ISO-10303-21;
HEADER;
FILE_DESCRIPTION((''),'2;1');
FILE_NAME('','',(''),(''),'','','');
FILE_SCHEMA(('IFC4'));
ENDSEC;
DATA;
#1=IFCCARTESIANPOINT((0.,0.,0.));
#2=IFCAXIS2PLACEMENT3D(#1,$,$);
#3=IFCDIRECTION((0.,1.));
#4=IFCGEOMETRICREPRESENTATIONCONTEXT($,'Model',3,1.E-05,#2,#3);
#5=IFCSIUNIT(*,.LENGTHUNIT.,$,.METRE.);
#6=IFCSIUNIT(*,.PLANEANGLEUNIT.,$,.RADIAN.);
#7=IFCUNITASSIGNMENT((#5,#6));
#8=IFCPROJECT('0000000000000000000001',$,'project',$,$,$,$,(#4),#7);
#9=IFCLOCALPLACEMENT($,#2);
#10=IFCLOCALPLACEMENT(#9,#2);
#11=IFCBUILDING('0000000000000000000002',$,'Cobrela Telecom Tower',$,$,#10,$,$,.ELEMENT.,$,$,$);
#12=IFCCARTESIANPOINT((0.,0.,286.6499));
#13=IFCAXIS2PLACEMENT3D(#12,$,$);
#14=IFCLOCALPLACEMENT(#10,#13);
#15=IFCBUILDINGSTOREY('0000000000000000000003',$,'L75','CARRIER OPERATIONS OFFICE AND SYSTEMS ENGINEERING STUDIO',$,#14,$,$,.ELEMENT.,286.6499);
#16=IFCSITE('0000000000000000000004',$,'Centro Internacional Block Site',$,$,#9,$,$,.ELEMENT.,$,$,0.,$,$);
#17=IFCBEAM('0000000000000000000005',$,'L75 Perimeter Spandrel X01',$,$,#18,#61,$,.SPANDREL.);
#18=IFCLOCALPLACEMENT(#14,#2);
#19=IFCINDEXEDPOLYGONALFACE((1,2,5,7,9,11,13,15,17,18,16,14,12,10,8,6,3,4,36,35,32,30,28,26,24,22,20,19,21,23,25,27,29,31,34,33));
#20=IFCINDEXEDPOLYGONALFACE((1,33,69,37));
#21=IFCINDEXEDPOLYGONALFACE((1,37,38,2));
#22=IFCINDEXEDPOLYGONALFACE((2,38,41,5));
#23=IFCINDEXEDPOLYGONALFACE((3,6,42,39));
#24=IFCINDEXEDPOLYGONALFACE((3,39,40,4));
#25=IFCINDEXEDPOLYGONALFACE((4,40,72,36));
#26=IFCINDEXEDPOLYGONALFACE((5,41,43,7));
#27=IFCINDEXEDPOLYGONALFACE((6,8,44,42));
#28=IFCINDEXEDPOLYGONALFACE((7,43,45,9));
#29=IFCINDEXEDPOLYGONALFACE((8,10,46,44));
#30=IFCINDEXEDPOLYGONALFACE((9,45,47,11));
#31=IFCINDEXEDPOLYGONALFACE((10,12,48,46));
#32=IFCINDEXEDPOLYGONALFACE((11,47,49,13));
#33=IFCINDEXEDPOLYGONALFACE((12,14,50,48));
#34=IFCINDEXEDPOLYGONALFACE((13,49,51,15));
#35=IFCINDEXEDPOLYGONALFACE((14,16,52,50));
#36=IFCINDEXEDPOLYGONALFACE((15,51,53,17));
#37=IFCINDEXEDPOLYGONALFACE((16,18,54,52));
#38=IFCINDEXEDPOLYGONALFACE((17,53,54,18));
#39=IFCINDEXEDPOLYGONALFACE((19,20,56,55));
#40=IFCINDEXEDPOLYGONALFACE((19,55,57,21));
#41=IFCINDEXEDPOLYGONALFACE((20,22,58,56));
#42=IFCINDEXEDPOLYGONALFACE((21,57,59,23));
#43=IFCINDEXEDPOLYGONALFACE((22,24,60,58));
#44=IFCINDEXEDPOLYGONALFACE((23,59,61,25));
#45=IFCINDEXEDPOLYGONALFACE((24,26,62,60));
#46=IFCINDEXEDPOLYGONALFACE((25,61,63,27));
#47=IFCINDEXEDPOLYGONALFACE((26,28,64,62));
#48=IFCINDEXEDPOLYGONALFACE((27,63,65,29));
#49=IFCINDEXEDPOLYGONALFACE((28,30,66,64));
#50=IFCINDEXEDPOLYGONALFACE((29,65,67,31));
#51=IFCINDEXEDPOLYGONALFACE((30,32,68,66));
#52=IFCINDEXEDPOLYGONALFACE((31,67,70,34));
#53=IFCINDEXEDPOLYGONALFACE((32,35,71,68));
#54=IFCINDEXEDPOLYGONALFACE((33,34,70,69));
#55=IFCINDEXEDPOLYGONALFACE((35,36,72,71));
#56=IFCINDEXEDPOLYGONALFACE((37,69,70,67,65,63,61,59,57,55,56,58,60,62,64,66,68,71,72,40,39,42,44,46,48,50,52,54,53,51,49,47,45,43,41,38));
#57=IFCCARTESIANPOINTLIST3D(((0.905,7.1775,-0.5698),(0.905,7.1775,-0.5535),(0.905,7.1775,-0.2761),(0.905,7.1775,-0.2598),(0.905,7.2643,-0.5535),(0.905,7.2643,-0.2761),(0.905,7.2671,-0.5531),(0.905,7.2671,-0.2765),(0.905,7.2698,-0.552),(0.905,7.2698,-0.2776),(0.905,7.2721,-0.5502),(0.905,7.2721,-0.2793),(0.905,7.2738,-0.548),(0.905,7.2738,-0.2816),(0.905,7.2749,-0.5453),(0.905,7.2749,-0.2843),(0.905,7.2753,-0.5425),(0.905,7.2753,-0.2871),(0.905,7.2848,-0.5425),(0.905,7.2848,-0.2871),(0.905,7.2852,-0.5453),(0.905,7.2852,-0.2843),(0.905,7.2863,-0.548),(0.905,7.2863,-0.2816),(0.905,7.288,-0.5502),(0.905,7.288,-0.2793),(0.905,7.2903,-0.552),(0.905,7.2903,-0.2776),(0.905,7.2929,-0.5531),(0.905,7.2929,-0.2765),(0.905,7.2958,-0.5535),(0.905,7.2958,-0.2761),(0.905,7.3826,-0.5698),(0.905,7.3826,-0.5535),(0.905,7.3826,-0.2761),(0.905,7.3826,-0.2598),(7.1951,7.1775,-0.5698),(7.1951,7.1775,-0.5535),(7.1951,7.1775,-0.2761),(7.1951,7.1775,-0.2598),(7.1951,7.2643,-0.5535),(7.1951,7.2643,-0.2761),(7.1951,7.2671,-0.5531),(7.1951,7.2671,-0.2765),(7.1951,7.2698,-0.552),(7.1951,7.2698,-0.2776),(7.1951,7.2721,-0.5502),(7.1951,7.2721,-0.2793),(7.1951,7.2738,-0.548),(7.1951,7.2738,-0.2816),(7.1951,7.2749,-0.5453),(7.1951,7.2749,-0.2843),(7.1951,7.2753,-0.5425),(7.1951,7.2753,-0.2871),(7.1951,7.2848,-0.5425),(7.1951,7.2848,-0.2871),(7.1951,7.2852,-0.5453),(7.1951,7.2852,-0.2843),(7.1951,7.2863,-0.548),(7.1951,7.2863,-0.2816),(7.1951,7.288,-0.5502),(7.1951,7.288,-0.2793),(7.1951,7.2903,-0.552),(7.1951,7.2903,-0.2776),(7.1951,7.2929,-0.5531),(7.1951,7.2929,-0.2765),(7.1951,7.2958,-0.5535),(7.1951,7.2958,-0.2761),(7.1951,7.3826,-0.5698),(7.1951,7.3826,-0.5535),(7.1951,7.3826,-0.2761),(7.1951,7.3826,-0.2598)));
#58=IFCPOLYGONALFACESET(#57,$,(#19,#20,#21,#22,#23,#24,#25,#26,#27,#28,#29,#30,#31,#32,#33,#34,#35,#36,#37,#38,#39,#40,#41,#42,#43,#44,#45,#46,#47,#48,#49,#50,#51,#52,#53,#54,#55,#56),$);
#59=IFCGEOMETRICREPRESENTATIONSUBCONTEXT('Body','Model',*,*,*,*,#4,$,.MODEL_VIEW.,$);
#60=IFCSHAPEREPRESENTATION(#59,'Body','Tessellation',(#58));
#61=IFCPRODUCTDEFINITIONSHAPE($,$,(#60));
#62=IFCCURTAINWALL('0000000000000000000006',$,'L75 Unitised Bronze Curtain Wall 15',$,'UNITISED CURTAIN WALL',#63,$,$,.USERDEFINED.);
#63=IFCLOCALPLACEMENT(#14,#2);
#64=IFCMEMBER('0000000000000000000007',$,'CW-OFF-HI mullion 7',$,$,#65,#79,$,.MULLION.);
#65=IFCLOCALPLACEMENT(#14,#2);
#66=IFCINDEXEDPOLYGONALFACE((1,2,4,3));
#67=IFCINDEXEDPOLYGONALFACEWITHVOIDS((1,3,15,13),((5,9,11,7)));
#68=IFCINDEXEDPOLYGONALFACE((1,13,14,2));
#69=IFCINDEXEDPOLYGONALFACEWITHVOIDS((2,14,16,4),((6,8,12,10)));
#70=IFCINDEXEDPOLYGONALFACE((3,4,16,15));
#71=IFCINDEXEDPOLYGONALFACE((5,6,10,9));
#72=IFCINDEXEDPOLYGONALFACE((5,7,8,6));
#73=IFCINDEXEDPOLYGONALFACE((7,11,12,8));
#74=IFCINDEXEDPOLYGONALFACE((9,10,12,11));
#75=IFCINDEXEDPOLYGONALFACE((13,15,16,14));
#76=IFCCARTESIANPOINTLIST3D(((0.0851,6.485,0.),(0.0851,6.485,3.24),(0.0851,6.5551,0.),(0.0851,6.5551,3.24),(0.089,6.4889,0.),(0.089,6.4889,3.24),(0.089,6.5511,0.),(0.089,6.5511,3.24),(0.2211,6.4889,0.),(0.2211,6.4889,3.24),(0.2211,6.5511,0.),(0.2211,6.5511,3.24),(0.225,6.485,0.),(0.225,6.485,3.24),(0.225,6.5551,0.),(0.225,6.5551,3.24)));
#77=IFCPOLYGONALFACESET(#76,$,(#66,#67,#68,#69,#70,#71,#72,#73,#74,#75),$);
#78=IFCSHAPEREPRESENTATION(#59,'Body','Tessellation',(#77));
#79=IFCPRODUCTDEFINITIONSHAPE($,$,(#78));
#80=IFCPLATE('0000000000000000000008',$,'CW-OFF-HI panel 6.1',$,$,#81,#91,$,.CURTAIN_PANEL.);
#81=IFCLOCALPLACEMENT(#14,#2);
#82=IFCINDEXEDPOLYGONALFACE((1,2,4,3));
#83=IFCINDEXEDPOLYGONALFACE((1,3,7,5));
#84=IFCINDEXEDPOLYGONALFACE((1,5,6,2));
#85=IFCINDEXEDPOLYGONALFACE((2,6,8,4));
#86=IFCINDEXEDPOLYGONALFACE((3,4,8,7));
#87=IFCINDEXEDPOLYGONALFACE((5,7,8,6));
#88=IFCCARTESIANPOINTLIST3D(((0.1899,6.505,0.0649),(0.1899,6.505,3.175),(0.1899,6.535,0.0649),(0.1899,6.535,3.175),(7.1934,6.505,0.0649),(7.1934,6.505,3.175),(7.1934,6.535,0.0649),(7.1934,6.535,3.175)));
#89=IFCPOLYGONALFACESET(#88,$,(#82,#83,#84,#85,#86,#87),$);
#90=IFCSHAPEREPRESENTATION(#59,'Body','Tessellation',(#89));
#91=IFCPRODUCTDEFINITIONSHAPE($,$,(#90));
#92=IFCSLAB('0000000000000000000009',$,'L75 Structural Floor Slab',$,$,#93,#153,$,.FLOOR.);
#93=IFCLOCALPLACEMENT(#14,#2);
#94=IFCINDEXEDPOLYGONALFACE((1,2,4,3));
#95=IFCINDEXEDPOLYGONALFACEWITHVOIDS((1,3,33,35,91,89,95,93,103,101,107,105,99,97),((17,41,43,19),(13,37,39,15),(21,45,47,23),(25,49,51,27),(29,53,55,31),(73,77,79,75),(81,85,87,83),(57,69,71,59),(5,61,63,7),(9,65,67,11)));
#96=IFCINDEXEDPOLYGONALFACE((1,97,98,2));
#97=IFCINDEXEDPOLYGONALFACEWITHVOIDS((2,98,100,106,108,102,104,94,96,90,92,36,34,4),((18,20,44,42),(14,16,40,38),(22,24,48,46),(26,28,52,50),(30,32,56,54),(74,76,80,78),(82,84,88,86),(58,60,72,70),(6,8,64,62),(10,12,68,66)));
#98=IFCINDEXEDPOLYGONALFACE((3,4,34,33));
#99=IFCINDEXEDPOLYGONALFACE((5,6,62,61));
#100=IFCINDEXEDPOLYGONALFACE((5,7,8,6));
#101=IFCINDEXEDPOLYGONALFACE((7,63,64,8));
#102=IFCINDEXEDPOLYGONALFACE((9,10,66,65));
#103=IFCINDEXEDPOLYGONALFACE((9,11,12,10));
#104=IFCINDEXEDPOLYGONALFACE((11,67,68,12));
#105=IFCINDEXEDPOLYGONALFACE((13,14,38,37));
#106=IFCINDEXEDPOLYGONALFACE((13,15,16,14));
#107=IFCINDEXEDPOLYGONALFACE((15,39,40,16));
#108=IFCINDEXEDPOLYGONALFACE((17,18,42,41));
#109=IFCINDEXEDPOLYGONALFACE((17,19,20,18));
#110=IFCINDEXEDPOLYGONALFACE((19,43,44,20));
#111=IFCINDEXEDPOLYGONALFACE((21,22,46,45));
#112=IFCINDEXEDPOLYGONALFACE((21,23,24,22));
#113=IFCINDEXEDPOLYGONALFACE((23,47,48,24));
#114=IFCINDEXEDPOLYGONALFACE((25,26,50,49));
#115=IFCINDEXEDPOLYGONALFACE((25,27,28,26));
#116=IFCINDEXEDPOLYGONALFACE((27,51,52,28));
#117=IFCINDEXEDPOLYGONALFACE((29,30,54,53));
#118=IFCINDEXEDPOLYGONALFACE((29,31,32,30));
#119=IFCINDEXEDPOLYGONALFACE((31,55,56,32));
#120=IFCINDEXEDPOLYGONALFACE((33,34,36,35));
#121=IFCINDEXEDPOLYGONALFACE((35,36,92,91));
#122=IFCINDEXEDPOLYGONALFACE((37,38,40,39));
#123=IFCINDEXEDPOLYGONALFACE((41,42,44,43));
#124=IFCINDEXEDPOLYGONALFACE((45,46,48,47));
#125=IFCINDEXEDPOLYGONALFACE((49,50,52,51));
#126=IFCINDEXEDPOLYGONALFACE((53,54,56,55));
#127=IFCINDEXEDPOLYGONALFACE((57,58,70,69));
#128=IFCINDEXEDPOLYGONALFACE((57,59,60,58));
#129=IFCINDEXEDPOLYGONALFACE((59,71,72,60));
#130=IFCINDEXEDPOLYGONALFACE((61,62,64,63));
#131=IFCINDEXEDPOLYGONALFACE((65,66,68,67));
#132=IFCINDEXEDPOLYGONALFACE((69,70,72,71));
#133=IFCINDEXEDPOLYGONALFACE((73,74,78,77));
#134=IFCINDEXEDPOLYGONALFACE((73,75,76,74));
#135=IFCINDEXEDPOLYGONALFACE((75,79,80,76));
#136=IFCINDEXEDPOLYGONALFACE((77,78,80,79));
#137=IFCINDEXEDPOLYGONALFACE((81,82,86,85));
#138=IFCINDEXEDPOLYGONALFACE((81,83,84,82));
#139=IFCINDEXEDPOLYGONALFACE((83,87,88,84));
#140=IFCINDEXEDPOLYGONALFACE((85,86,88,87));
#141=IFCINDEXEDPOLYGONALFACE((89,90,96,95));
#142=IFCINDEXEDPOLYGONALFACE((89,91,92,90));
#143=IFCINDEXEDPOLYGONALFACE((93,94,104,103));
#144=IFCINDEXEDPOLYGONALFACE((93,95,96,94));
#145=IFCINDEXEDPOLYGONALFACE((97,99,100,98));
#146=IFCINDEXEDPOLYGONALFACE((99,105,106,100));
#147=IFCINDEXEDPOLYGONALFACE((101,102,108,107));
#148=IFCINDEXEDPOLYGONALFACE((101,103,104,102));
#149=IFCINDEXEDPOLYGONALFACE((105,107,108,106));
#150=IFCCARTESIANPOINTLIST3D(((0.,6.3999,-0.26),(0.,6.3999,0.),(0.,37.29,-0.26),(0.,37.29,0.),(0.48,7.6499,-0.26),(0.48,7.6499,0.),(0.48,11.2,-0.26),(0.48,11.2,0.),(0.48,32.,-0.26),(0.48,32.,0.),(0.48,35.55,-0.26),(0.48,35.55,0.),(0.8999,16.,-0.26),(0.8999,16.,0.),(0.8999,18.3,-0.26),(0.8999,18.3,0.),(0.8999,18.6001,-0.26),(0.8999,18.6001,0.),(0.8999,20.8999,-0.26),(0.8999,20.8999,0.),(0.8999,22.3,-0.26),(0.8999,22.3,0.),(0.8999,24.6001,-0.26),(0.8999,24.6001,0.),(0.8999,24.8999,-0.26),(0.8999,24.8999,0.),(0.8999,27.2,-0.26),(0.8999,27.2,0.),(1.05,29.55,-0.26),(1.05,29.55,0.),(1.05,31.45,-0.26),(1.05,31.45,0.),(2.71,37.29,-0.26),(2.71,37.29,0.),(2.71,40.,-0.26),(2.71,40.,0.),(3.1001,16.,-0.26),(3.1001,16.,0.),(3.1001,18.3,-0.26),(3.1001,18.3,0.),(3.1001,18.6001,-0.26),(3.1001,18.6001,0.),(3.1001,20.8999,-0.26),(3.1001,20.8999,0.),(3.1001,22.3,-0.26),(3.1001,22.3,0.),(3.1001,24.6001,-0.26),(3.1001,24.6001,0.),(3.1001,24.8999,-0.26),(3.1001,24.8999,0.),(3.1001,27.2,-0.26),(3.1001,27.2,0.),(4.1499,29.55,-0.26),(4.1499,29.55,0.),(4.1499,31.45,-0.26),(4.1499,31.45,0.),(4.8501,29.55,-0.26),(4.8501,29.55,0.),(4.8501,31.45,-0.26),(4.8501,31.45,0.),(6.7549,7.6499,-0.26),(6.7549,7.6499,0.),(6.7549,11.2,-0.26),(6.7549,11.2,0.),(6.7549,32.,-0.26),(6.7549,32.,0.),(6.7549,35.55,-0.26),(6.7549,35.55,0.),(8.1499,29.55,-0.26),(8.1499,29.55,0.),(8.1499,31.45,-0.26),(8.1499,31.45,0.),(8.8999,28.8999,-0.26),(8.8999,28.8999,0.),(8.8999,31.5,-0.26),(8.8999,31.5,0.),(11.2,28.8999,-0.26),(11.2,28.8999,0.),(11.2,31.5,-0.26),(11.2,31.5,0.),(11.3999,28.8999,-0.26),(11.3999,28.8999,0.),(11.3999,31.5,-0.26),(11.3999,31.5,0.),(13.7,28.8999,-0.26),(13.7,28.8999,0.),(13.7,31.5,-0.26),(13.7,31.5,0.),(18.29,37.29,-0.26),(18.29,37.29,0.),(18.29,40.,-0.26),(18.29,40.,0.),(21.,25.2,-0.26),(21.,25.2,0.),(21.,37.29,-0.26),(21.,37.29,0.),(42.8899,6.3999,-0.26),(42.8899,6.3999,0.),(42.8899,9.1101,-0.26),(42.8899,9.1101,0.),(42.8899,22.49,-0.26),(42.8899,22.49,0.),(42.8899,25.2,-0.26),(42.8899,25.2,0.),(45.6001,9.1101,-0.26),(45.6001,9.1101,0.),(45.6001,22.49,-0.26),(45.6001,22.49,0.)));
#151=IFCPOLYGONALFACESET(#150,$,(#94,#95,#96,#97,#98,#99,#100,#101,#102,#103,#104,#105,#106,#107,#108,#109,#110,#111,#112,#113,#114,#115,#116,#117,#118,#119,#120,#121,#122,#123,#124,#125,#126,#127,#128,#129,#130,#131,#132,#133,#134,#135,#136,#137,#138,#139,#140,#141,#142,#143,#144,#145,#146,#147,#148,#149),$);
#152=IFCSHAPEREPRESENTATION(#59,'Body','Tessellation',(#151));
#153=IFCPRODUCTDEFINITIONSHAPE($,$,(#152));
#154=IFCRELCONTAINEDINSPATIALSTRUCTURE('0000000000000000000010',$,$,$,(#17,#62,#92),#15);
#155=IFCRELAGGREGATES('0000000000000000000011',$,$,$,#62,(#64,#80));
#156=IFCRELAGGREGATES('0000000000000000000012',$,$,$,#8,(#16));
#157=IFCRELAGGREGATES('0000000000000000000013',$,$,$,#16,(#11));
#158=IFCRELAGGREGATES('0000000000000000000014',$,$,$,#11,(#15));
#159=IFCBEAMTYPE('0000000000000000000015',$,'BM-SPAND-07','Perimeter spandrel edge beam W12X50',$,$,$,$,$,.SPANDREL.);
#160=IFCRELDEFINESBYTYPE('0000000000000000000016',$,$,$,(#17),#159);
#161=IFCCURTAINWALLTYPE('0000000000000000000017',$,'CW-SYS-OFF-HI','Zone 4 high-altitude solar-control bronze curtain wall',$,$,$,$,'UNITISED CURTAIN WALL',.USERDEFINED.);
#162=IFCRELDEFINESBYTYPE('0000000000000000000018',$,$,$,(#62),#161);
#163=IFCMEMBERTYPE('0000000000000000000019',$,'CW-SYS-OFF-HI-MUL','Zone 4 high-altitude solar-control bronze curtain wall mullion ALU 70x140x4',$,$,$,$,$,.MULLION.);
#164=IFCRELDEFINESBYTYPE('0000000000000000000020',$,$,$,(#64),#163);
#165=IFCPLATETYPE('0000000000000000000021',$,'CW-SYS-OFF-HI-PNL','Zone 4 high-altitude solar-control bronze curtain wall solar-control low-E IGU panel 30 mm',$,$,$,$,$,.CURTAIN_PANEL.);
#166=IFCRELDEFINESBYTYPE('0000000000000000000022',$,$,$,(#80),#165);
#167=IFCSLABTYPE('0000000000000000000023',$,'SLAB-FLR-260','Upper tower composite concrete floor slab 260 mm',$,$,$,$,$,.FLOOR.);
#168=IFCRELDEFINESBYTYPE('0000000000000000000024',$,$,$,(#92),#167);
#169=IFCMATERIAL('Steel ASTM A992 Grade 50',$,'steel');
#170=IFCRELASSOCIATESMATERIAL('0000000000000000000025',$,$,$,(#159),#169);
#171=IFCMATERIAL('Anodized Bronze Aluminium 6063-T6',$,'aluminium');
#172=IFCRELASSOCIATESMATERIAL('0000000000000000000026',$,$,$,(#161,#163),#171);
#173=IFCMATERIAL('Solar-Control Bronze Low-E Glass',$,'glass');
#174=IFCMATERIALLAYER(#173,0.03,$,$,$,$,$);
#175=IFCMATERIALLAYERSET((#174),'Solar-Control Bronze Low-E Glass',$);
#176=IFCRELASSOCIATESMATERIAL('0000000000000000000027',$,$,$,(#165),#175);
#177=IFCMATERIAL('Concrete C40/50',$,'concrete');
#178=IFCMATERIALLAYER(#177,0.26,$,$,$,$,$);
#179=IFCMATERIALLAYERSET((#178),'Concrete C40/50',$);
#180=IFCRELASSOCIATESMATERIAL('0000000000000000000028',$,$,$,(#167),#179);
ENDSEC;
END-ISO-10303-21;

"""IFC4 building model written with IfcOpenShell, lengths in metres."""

from ifc_helpers import new_model, si_unit, direction, frame, origin, origin_2d, place, context, subcontext, project, spatial, polyline, rectangle, hollow_rectangle, i_section, outline, extrude, material, layer, layer_set, material_profile, profile_set, type_object, element, aggregate, save


model = new_model("IFC4")

# Units and contexts
model_context = context("Model", 3, precision=1e-05, world=origin(), true_north=direction((0.0, 1.0)))
body_context = subcontext(model_context, "Body", "Model", "MODEL_VIEW")
ifc_project = project(units=[si_unit("LENGTHUNIT", "METRE"), si_unit("PLANEANGLEUNIT", "RADIAN")], contexts=[model_context])

# Site, building, storey
site_placement = place(None, origin())
site = spatial("IfcSite", under=ifc_project, at=site_placement, Name="Centro Internacional Block Site", CompositionType="ELEMENT", RefElevation=0.0)
building_placement = place(site_placement, origin())
building = spatial("IfcBuilding", under=site, at=building_placement, Name="Cobrela Telecom Tower", CompositionType="ELEMENT")
storey_placement = place(building_placement, frame((0.0, 0.0, 286.6499)))
storey = spatial("IfcBuildingStorey", under=building, at=storey_placement, Name="L75", Description="CARRIER OPERATIONS OFFICE AND SYSTEMS ENGINEERING STUDIO", CompositionType="ELEMENT", Elevation=286.6499)

# Beam
ifc_material_1 = material(Name="Steel ASTM A992 Grade 50", Category="steel")
ifc_material_profile_1 = material_profile(ifc_material_1, i_section(OverallWidth=0.2051, OverallDepth=0.3101, WebThickness=0.0095, FlangeThickness=0.0164, FilletRadius=0.011, at=origin_2d()), Name="W12X50")
ifc_profile_set_1 = profile_set([ifc_material_profile_1], Name="Steel ASTM A992 Grade 50")
beam_type = type_object("IfcBeamType", Name="BM-SPAND-07", Description="Perimeter spandrel edge beam W12X50", PredefinedType="SPANDREL", material=ifc_profile_set_1)
beam_placement = place(storey_placement, frame((0.905, 7.28, -0.4148), z_axis=(1.0, 0.0, 0.0), x_axis=(0.0, 1.0, 0.0)))
element("IfcBeam", 1, at=beam_placement, inside=storey, type_object=beam_type, Name="L75 Perimeter Spandrel X01", PredefinedType="SPANDREL", context=body_context, shape_type="SweptSolid", body=[
    extrude(i_section(OverallWidth=0.2051, OverallDepth=0.3101, WebThickness=0.0095, FlangeThickness=0.0164, FilletRadius=0.011, at=origin_2d()), origin(), (0.0, 0.0, 1.0), 6.29),
])

# Curtain wall, member, plate
ifc_material_2 = material(Name="Anodized Bronze Aluminium 6063-T6", Category="aluminium")
curtain_wall_type = type_object("IfcCurtainWallType", Name="CW-SYS-OFF-HI", Description="Zone 4 high-altitude solar-control bronze curtain wall", ElementType="UNITISED CURTAIN WALL", PredefinedType="USERDEFINED", material=ifc_material_2)
curtain_wall_placement = place(storey_placement, origin())
curtain_wall = element("IfcCurtainWall", 2, at=curtain_wall_placement, inside=storey, type_object=curtain_wall_type, Name="L75 Unitised Bronze Curtain Wall 15", ObjectType="UNITISED CURTAIN WALL", PredefinedType="USERDEFINED")
ifc_material_profile_2 = material_profile(ifc_material_2, hollow_rectangle(XDim=0.0701, YDim=0.1399, WallThickness=0.0039, at=origin_2d()), Name="ALU 70x140x4")
ifc_profile_set_2 = profile_set([ifc_material_profile_2], Name="Anodized Bronze Aluminium 6063-T6")
member_type = type_object("IfcMemberType", Name="CW-SYS-OFF-HI-MUL", Description="Zone 4 high-altitude solar-control bronze curtain wall mullion ALU 70x140x4", PredefinedType="MULLION", material=ifc_profile_set_2)
member_placement = place(storey_placement, frame((0.155, 6.52, 0.0), z_axis=(0.0, 0.0, 1.0), x_axis=(0.0, -1.0, 0.0)))
member = element("IfcMember", 3, at=member_placement, type_object=member_type, Name="CW-OFF-HI mullion 7", PredefinedType="MULLION", context=body_context, shape_type="SweptSolid", body=[
    extrude(hollow_rectangle(XDim=0.0701, YDim=0.1399, WallThickness=0.0039, at=origin_2d()), origin(), (0.0, 0.0, 1.0), 3.24),
])
ifc_material_3 = material(Name="Solar-Control Bronze Low-E Glass", Category="glass")
ifc_layer_1 = layer(ifc_material_3, 0.03)
ifc_layer_set_1 = layer_set([ifc_layer_1], Name="Solar-Control Bronze Low-E Glass")
plate_type = type_object("IfcPlateType", Name="CW-SYS-OFF-HI-PNL", Description="Zone 4 high-altitude solar-control bronze curtain wall solar-control low-E IGU panel 30 mm", PredefinedType="CURTAIN_PANEL", material=ifc_layer_set_1)
plate_placement = place(storey_placement, frame((3.6917, 6.52, 0.0649), z_axis=(0.0, 0.0, 1.0), x_axis=(-1.0, 0.0, 0.0)))
plate = element("IfcPlate", 4, at=plate_placement, type_object=plate_type, Name="CW-OFF-HI panel 6.1", PredefinedType="CURTAIN_PANEL", context=body_context, shape_type="SweptSolid", body=[
    extrude(rectangle(XDim=7.0034, YDim=0.03, at=origin_2d()), origin(), (0.0, 0.0, 1.0), 3.1101),
])
aggregate(curtain_wall, [member, plate])

# Slab, openings
ifc_material_4 = material(Name="Concrete C40/50", Category="concrete")
ifc_layer_2 = layer(ifc_material_4, 0.26)
ifc_layer_set_2 = layer_set([ifc_layer_2], Name="Concrete C40/50")
slab_type_1 = type_object("IfcSlabType", Name="SLAB-FLR-260", Description="Upper tower composite concrete floor slab 260 mm", PredefinedType="FLOOR", material=ifc_layer_set_2)
slab_1_placement = place(storey_placement, frame((0.0, 0.0, -0.26)))
slab_1 = element("IfcSlab", 5, at=slab_1_placement, inside=storey, type_object=slab_type_1, Name="L75 Structural Floor Slab", PredefinedType="FLOOR", context=body_context, shape_type="SweptSolid", body=[
    extrude(outline(polyline([(0.0, 6.3999), (42.8899, 6.3999), (42.8899, 9.1101), (45.6001, 9.1101), (45.6001, 22.49), (42.8899, 22.49), (42.8899, 25.2), (21.0, 25.2), (21.0, 37.29), (18.29, 37.29), (18.29, 40.0), (2.71, 40.0), (2.71, 37.29), (0.0, 37.29), (0.0, 6.3999)])), origin(), (0.0, 0.0, 1.0), 0.26),
])
opening_1_placement = place(slab_1_placement, frame((0.0, 0.0, -0.02)))
element("IfcOpeningElement", 6, at=opening_1_placement, cuts=slab_1, PredefinedType="OPENING", context=body_context, shape_type="SweptSolid", body=[
    extrude(outline(polyline([(8.8999, 28.8999), (11.2, 28.8999), (11.2, 31.5), (8.8999, 31.5), (8.8999, 28.8999)])), origin(), (0.0, 0.0, 1.0), 0.3),
])
opening_2_placement = place(slab_1_placement, frame((0.0, 0.0, -0.02)))
element("IfcOpeningElement", 7, at=opening_2_placement, cuts=slab_1, PredefinedType="OPENING", context=body_context, shape_type="SweptSolid", body=[
    extrude(outline(polyline([(11.3999, 28.8999), (13.7, 28.8999), (13.7, 31.5), (11.3999, 31.5), (11.3999, 28.8999)])), origin(), (0.0, 0.0, 1.0), 0.3),
])
opening_3_placement = place(slab_1_placement, frame((0.0, 0.0, -0.02)))
element("IfcOpeningElement", 8, at=opening_3_placement, cuts=slab_1, PredefinedType="OPENING", context=body_context, shape_type="SweptSolid", body=[
    extrude(outline(polyline([(0.8999, 16.0), (3.1001, 16.0), (3.1001, 18.3), (0.8999, 18.3), (0.8999, 16.0)])), origin(), (0.0, 0.0, 1.0), 0.3),
])
opening_4_placement = place(slab_1_placement, frame((0.0, 0.0, -0.02)))
element("IfcOpeningElement", 9, at=opening_4_placement, cuts=slab_1, PredefinedType="OPENING", context=body_context, shape_type="SweptSolid", body=[
    extrude(outline(polyline([(0.8999, 18.6001), (3.1001, 18.6001), (3.1001, 20.8999), (0.8999, 20.8999), (0.8999, 18.6001)])), origin(), (0.0, 0.0, 1.0), 0.3),
])
opening_5_placement = place(slab_1_placement, frame((0.0, 0.0, -0.02)))
element("IfcOpeningElement", 10, at=opening_5_placement, cuts=slab_1, PredefinedType="OPENING", context=body_context, shape_type="SweptSolid", body=[
    extrude(outline(polyline([(0.8999, 22.3), (3.1001, 22.3), (3.1001, 24.6001), (0.8999, 24.6001), (0.8999, 22.3)])), origin(), (0.0, 0.0, 1.0), 0.3),
])
opening_6_placement = place(slab_1_placement, frame((0.0, 0.0, -0.02)))
element("IfcOpeningElement", 11, at=opening_6_placement, cuts=slab_1, PredefinedType="OPENING", context=body_context, shape_type="SweptSolid", body=[
    extrude(outline(polyline([(0.8999, 24.8999), (3.1001, 24.8999), (3.1001, 27.2), (0.8999, 27.2), (0.8999, 24.8999)])), origin(), (0.0, 0.0, 1.0), 0.3),
])
opening_7_placement = place(slab_1_placement, frame((0.0, 0.0, -0.02)))
element("IfcOpeningElement", 12, at=opening_7_placement, cuts=slab_1, PredefinedType="OPENING", context=body_context, shape_type="SweptSolid", body=[
    extrude(outline(polyline([(1.05, 29.55), (4.1499, 29.55), (4.1499, 31.45), (1.05, 31.45), (1.05, 29.55)])), origin(), (0.0, 0.0, 1.0), 0.3),
])
opening_8_placement = place(slab_1_placement, frame((0.0, 0.0, -0.02)))
element("IfcOpeningElement", 13, at=opening_8_placement, cuts=slab_1, PredefinedType="OPENING", context=body_context, shape_type="SweptSolid", body=[
    extrude(outline(polyline([(4.8501, 29.55), (8.1499, 29.55), (8.1499, 31.45), (4.8501, 31.45), (4.8501, 29.55)])), origin(), (0.0, 0.0, 1.0), 0.3),
])
opening_9_placement = place(slab_1_placement, frame((0.0, 0.0, -0.02)))
element("IfcOpeningElement", 14, at=opening_9_placement, cuts=slab_1, PredefinedType="OPENING", context=body_context, shape_type="SweptSolid", body=[
    extrude(outline(polyline([(6.7549, 35.55), (0.48, 35.55), (0.48, 32.0), (6.7549, 32.0), (6.7549, 35.55)])), origin(), (0.0, 0.0, 1.0), 0.3),
])
opening_10_placement = place(slab_1_placement, frame((0.0, 0.0, -0.02)))
element("IfcOpeningElement", 15, at=opening_10_placement, cuts=slab_1, PredefinedType="OPENING", context=body_context, shape_type="SweptSolid", body=[
    extrude(outline(polyline([(6.7549, 11.2), (0.48, 11.2), (0.48, 7.6499), (6.7549, 7.6499), (6.7549, 11.2)])), origin(), (0.0, 0.0, 1.0), 0.3),
])

save(model, "model.ifc")
